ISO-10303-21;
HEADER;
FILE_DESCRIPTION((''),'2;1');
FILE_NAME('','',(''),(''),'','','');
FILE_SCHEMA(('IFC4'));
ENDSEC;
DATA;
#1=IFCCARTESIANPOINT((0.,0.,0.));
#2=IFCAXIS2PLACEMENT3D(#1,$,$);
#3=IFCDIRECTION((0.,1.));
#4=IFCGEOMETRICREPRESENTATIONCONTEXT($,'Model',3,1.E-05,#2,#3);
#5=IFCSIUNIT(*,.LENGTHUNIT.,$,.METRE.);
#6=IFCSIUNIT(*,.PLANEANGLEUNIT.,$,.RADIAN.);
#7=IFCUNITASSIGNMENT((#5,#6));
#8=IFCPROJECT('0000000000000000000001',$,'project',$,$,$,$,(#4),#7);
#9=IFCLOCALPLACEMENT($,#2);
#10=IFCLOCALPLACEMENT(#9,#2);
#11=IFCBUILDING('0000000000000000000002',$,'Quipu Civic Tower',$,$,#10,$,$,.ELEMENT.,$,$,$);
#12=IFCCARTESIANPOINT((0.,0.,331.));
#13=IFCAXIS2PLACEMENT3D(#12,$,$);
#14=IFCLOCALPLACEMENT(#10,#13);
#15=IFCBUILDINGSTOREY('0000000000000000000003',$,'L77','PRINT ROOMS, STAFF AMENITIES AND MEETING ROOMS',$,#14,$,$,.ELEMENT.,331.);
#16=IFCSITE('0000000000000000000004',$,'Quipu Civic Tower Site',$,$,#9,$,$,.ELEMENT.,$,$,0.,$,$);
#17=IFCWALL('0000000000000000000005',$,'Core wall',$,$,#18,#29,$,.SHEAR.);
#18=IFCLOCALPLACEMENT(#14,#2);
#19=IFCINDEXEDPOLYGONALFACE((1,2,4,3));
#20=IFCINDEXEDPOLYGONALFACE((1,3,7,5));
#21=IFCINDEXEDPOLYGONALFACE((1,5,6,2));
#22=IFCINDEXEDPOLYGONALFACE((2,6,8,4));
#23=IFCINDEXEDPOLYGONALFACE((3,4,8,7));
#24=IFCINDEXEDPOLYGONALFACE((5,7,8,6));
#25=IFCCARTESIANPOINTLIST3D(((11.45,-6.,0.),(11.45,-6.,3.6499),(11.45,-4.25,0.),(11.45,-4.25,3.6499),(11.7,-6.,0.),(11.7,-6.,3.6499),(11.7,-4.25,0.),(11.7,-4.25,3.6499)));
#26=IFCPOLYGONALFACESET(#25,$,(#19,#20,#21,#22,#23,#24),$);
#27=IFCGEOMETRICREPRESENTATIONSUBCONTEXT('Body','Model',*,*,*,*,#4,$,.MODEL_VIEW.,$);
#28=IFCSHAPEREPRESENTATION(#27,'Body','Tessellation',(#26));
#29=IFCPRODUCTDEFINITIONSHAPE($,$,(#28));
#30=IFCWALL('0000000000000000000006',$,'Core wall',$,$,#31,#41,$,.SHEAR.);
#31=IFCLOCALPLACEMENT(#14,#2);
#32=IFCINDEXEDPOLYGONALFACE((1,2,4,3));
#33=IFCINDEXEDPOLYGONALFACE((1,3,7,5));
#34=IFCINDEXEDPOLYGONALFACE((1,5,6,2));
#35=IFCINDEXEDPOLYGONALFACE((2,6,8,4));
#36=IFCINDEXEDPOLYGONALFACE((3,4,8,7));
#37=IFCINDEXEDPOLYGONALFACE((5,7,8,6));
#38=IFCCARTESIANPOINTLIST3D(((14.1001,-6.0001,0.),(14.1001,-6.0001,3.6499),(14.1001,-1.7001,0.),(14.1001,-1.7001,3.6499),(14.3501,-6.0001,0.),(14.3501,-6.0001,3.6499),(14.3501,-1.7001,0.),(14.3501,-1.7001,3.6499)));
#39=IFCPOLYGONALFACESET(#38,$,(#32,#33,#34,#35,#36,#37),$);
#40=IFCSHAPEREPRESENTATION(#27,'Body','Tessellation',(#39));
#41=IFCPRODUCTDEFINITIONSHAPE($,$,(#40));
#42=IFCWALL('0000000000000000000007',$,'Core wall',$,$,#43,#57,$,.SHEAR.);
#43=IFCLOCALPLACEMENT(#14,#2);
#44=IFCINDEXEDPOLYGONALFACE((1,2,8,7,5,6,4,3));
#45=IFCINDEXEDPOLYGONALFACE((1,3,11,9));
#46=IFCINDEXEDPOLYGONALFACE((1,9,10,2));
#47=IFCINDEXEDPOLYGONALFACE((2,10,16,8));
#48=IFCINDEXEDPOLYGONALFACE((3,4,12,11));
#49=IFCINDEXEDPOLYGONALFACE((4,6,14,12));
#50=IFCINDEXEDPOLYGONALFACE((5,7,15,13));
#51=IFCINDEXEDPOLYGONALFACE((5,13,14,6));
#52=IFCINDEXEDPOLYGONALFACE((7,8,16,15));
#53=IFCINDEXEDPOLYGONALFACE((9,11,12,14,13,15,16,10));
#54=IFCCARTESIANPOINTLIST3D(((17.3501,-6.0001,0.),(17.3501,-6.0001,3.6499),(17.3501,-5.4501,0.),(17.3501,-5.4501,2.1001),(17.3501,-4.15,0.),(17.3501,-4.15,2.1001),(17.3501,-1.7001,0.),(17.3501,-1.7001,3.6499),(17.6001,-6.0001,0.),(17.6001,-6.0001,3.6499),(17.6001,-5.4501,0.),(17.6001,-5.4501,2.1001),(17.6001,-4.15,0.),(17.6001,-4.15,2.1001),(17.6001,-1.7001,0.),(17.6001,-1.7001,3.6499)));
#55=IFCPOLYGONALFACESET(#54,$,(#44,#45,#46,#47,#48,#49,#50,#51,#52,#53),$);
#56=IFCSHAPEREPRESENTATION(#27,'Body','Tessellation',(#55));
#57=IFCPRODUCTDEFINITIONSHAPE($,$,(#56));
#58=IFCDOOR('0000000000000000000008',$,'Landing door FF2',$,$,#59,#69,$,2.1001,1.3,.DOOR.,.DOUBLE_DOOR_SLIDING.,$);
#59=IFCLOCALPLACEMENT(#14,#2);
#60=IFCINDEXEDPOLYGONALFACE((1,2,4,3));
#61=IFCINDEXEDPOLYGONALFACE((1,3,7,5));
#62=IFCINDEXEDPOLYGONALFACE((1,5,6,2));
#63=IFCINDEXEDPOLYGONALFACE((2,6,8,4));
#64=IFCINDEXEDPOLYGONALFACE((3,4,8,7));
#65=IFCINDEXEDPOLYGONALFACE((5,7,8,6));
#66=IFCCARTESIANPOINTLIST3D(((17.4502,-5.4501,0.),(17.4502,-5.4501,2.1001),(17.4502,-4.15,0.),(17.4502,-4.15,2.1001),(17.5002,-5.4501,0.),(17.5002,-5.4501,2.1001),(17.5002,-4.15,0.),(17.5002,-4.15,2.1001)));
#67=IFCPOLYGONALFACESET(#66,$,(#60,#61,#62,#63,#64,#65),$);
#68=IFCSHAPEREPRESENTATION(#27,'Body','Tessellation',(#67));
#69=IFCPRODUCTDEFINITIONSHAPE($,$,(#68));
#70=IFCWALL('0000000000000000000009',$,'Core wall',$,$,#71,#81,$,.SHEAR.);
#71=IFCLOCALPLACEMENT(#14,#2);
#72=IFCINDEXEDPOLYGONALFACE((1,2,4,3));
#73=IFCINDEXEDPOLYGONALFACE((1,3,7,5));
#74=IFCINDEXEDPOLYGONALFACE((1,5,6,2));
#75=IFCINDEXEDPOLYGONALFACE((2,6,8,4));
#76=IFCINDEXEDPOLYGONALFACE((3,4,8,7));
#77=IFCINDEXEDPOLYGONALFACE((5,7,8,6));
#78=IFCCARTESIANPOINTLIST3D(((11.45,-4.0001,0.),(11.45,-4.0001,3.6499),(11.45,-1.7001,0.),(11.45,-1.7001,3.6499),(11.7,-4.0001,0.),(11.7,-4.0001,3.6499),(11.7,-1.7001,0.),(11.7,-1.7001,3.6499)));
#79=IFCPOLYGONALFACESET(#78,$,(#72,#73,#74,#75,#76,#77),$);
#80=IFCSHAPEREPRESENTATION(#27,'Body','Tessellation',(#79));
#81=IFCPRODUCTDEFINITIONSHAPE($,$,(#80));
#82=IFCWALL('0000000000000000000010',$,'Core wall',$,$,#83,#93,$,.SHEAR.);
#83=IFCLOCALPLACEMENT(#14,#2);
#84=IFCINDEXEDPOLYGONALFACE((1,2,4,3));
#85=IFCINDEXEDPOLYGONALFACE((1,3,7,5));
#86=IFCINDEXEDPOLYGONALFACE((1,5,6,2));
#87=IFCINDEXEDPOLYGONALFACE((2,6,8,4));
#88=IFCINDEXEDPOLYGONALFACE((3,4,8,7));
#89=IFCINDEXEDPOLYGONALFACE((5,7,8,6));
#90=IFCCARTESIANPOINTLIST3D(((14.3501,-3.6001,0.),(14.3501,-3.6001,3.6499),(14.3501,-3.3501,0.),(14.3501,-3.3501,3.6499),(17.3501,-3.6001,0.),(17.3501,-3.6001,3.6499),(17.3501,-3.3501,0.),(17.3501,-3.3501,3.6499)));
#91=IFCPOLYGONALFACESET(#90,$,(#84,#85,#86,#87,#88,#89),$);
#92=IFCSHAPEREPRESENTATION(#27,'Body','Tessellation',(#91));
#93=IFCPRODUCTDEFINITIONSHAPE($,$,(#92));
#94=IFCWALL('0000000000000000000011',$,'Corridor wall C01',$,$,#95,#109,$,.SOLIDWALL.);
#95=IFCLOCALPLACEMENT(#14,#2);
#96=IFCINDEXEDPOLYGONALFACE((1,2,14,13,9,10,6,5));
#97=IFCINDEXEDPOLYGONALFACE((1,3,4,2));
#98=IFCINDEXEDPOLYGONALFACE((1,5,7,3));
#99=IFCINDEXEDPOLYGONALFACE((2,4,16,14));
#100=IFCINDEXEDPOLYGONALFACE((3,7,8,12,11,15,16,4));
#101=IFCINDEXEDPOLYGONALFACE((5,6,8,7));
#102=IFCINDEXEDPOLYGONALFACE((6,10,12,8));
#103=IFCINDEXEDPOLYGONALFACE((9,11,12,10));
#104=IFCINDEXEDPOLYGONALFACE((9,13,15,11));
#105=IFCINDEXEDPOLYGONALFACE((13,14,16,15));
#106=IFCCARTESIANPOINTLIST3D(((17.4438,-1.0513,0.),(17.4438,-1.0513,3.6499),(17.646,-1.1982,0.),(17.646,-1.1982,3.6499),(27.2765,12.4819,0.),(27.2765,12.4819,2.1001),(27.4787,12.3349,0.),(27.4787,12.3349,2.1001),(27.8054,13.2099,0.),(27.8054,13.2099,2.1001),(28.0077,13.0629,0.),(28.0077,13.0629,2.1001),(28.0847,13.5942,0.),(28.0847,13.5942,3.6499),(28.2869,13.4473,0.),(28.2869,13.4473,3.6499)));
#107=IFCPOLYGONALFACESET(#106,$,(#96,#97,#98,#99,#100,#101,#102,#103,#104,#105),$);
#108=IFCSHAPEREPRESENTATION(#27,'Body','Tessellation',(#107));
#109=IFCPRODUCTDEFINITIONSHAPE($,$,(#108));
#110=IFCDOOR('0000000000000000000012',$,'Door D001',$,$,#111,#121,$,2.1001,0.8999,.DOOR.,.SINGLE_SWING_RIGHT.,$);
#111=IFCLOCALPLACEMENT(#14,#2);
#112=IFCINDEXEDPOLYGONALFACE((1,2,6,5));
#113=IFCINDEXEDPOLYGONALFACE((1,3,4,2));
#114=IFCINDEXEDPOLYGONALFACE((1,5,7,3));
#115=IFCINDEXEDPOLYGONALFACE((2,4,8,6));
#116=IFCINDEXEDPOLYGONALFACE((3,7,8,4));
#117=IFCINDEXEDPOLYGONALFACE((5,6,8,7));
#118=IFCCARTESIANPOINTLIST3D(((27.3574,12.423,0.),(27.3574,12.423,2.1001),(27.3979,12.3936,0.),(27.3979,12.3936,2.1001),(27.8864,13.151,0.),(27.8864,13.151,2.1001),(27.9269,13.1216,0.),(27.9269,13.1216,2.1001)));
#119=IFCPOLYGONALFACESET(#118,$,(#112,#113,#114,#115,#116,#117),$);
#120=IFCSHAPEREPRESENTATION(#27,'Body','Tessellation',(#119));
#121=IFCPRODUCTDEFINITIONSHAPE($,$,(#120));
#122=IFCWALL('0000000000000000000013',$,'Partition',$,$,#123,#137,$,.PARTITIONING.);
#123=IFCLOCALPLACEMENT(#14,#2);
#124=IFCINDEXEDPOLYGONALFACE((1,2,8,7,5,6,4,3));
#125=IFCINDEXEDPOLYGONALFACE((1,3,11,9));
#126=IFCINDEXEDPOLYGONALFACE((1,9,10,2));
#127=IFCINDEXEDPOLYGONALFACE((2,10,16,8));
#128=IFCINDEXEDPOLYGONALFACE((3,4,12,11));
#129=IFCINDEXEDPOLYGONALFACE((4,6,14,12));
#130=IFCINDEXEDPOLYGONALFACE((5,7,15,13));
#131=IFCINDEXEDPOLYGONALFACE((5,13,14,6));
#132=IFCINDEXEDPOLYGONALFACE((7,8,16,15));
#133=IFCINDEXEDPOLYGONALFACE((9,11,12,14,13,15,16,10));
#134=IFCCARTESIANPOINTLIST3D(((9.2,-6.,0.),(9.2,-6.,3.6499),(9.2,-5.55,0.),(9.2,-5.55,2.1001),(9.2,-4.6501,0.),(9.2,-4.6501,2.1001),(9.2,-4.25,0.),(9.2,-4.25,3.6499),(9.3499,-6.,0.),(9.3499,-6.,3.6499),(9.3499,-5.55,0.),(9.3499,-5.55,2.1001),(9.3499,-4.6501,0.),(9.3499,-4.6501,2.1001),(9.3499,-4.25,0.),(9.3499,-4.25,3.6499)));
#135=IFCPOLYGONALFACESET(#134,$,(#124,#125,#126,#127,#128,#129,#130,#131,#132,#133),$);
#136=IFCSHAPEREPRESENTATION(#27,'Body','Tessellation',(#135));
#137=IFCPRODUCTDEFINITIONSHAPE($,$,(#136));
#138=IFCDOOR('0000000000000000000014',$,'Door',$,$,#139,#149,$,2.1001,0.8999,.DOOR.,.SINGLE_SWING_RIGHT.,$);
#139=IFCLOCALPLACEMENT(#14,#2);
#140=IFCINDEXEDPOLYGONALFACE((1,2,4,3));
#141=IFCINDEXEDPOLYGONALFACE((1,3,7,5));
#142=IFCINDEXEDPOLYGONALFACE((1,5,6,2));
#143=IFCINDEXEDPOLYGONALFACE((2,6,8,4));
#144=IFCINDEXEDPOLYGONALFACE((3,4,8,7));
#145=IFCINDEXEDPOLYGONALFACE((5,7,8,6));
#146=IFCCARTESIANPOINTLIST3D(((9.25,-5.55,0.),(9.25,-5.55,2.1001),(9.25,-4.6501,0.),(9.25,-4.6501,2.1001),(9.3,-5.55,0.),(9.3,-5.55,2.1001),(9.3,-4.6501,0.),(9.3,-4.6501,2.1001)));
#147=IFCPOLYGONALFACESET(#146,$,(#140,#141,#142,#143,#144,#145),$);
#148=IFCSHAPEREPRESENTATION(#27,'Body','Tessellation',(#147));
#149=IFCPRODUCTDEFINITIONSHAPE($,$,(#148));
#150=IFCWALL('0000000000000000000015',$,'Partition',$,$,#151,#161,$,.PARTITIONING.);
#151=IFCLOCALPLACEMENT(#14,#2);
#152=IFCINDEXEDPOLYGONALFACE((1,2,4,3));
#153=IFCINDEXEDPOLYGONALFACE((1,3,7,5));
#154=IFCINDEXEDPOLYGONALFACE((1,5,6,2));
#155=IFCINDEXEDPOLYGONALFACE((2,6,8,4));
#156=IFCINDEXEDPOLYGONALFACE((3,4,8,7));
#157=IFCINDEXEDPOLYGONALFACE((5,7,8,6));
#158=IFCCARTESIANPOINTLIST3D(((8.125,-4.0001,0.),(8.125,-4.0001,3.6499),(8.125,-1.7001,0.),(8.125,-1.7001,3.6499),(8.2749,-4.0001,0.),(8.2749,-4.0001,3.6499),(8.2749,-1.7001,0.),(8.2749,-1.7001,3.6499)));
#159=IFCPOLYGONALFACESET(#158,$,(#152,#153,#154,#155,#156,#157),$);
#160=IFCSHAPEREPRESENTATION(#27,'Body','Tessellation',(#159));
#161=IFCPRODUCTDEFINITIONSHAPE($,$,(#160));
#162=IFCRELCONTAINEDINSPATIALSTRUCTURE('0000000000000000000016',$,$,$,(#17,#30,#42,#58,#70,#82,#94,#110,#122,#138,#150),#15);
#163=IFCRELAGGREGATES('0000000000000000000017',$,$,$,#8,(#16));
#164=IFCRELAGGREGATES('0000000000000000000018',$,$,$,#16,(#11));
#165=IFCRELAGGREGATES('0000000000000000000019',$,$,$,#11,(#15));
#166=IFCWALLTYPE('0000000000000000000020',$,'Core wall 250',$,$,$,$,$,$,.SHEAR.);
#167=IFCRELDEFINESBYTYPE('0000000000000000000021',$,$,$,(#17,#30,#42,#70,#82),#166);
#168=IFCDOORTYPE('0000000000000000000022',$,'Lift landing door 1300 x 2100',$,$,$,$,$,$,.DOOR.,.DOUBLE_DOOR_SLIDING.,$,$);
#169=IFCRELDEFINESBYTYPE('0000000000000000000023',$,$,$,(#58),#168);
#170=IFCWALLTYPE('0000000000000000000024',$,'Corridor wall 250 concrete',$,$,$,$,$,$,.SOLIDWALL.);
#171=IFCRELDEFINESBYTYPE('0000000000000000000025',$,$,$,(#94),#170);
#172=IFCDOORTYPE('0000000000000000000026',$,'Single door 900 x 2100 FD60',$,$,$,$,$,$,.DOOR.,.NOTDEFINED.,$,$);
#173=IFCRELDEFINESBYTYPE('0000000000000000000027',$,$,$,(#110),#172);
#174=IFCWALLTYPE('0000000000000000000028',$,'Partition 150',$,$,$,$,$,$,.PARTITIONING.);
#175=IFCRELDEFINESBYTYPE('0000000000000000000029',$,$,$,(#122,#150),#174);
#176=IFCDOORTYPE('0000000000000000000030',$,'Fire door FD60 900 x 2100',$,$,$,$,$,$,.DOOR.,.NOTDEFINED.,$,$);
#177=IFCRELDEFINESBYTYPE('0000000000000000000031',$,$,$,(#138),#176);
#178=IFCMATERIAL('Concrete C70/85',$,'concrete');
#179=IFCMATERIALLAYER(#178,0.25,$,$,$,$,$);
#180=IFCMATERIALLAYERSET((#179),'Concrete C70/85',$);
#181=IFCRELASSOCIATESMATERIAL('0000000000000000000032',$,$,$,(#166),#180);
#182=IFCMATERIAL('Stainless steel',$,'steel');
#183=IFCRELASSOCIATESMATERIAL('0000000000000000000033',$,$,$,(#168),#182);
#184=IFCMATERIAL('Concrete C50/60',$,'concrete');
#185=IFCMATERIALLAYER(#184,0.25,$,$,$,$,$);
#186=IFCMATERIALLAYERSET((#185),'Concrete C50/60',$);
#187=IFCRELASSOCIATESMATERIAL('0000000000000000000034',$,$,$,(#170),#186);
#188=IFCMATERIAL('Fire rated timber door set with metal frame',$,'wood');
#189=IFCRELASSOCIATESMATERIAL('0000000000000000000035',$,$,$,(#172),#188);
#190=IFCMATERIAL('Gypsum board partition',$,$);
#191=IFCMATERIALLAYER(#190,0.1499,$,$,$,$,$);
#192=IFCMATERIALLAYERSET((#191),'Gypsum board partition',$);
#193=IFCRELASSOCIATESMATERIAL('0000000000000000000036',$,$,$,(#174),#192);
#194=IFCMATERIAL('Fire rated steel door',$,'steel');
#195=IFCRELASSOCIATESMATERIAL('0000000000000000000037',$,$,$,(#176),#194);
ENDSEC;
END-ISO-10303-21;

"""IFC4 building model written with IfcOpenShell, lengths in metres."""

from ifc_helpers import new_model, si_unit, direction, frame, frame_2d, origin, place, context, subcontext, project, spatial, rectangle, extrude, material, layer, layer_set, type_object, element, fill, save


model = new_model("IFC4")

# Units and contexts
model_context = context("Model", 3, precision=1e-05, world=origin(), true_north=direction((0.0, 1.0)))
body_context = subcontext(model_context, "Body", "Model", "MODEL_VIEW")
ifc_project = project(units=[si_unit("LENGTHUNIT", "METRE"), si_unit("PLANEANGLEUNIT", "RADIAN")], contexts=[model_context])

# Site, building, storey
site_placement = place(None, origin())
site = spatial("IfcSite", under=ifc_project, at=site_placement, Name="Quipu Civic Tower Site", CompositionType="ELEMENT", RefElevation=0.0)
building_placement = place(site_placement, origin())
building = spatial("IfcBuilding", under=site, at=building_placement, Name="Quipu Civic Tower", CompositionType="ELEMENT")
storey_placement = place(building_placement, frame((0.0, 0.0, 331.0)))
storey = spatial("IfcBuildingStorey", under=building, at=storey_placement, Name="L77", Description="PRINT ROOMS, STAFF AMENITIES AND MEETING ROOMS", CompositionType="ELEMENT", Elevation=331.0)

# Walls
ifc_material_1 = material(Name="Concrete C70/85", Category="concrete")
ifc_layer_1 = layer(ifc_material_1, 0.25)
ifc_layer_set_1 = layer_set([ifc_layer_1], Name="Concrete C70/85")
wall_type_1 = type_object("IfcWallType", Name="Core wall 250", PredefinedType="SHEAR", material=ifc_layer_set_1)
wall_1_placement = place(storey_placement, frame((11.575, -6.0, 0.0), z_axis=(0.0, 0.0, 1.0), x_axis=(0.0, 1.0, 0.0)))
element("IfcWall", 1, at=wall_1_placement, inside=storey, type_object=wall_type_1, Name="Core wall", PredefinedType="SHEAR", context=body_context, shape_type="SweptSolid", body=[
    extrude(rectangle(XDim=1.75, YDim=0.25, at=frame_2d((0.875, 0.0))), origin(), (0.0, 0.0, 1.0), 3.6499),
])
wall_2_placement = place(storey_placement, frame((14.2251, -6.0, 0.0), z_axis=(0.0, 0.0, 1.0), x_axis=(0.0, 1.0, 0.0)))
element("IfcWall", 2, at=wall_2_placement, inside=storey, type_object=wall_type_1, Name="Core wall", PredefinedType="SHEAR", context=body_context, shape_type="SweptSolid", body=[
    extrude(rectangle(XDim=4.3, YDim=0.25, at=frame_2d((2.1499, 0.0))), origin(), (0.0, 0.0, 1.0), 3.6499),
])

# Wall, opening, door
wall_3_placement = place(storey_placement, frame((17.4751, -6.0, 0.0), z_axis=(0.0, 0.0, 1.0), x_axis=(0.0, 1.0, 0.0)))
wall_3 = element("IfcWall", 3, at=wall_3_placement, inside=storey, type_object=wall_type_1, Name="Core wall", PredefinedType="SHEAR", context=body_context, shape_type="SweptSolid", body=[
    extrude(rectangle(XDim=4.3, YDim=0.25, at=frame_2d((2.1499, 0.0))), origin(), (0.0, 0.0, 1.0), 3.6499),
])
opening_1_placement = place(wall_3_placement, frame((0.55, 0.0, 0.0)))
opening_1 = element("IfcOpeningElement", 4, at=opening_1_placement, cuts=wall_3, PredefinedType="OPENING", context=body_context, shape_type="SweptSolid", body=[
    extrude(rectangle(XDim=1.3, YDim=2.1001, at=frame_2d((0.6499, 1.05))), frame((0.0, 0.135, 0.0), z_axis=(0.0, -1.0, 0.0), x_axis=(1.0, 0.0, 0.0)), (0.0, 0.0, 1.0), 0.27),
])
ifc_material_2 = material(Name="Stainless steel", Category="steel")
door_type_1 = type_object("IfcDoorType", Name="Lift landing door 1300 x 2100", OperationType="DOUBLE_DOOR_SLIDING", PredefinedType="DOOR", material=ifc_material_2)
door_1_placement = place(opening_1_placement, origin())
door_1 = element("IfcDoor", 5, at=door_1_placement, inside=storey, type_object=door_type_1, Name="Landing door FF2", OperationType="DOUBLE_DOOR_SLIDING", OverallHeight=2.1001, OverallWidth=1.3, PredefinedType="DOOR", context=body_context, shape_type="SweptSolid", body=[
    extrude(rectangle(XDim=1.3, YDim=2.1001, at=frame_2d((0.6499, 1.05))), frame((0.0, 0.0249, 0.0), z_axis=(0.0, -1.0, 0.0), x_axis=(1.0, 0.0, 0.0)), (0.0, 0.0, 1.0), 0.05),
])
fill(opening_1, door_1)

# Walls
wall_4_placement = place(storey_placement, frame((11.575, -4.0, 0.0), z_axis=(0.0, 0.0, 1.0), x_axis=(0.0, 1.0, 0.0)))
element("IfcWall", 6, at=wall_4_placement, inside=storey, type_object=wall_type_1, Name="Core wall", PredefinedType="SHEAR", context=body_context, shape_type="SweptSolid", body=[
    extrude(rectangle(XDim=2.3, YDim=0.25, at=frame_2d((1.1499, 0.0))), origin(), (0.0, 0.0, 1.0), 3.6499),
])
wall_5_placement = place(storey_placement, frame((14.3501, -3.4751, 0.0), z_axis=(0.0, 0.0, 1.0), x_axis=(1.0, 0.0, 0.0)))
element("IfcWall", 7, at=wall_5_placement, inside=storey, type_object=wall_type_1, Name="Core wall", PredefinedType="SHEAR", context=body_context, shape_type="SweptSolid", body=[
    extrude(rectangle(XDim=3.0, YDim=0.25, at=frame_2d((1.5, 0.0))), origin(), (0.0, 0.0, 1.0), 3.6499),
])

# Walls, openings, doors
ifc_material_3 = material(Name="Concrete C50/60", Category="concrete")
ifc_layer_2 = layer(ifc_material_3, 0.25)
ifc_layer_set_2 = layer_set([ifc_layer_2], Name="Concrete C50/60")
wall_type_2 = type_object("IfcWallType", Name="Corridor wall 250 concrete", PredefinedType="SOLIDWALL", material=ifc_layer_set_2)
wall_6_placement = place(storey_placement, frame((17.5449, -1.1248, 0.0), z_axis=(0.0, 0.0, 1.0), x_axis=(0.587796, 0.80901, 0.0)))
wall_6 = element("IfcWall", 8, at=wall_6_placement, inside=storey, type_object=wall_type_2, Name="Corridor wall C01", PredefinedType="SOLIDWALL", context=body_context, shape_type="SweptSolid", body=[
    extrude(rectangle(XDim=18.103, YDim=0.25, at=frame_2d((9.0515, 0.0))), origin(), (0.0, 0.0, 1.0), 3.6499),
])
opening_2_placement = place(wall_6_placement, frame((16.728, 0.0, 0.0)))
opening_2 = element("IfcOpeningElement", 9, at=opening_2_placement, cuts=wall_6, PredefinedType="OPENING", context=body_context, shape_type="SweptSolid", body=[
    extrude(rectangle(XDim=0.8999, YDim=2.1001, at=frame_2d((0.45, 1.05))), frame((0.0, 0.135, 0.0), z_axis=(0.0, -1.0, 0.0), x_axis=(1.0, 0.0, 0.0)), (0.0, 0.0, 1.0), 0.27),
])
ifc_material_4 = material(Name="Fire rated timber door set with metal frame", Category="wood")
door_type_2 = type_object("IfcDoorType", Name="Single door 900 x 2100 FD60", OperationType="NOTDEFINED", PredefinedType="DOOR", material=ifc_material_4)
door_2_placement = place(opening_2_placement, origin())
door_2 = element("IfcDoor", 10, at=door_2_placement, inside=storey, type_object=door_type_2, Name="Door D001", OperationType="SINGLE_SWING_RIGHT", OverallHeight=2.1001, OverallWidth=0.8999, PredefinedType="DOOR", context=body_context, shape_type="SweptSolid", body=[
    extrude(rectangle(XDim=0.8999, YDim=2.1001, at=frame_2d((0.45, 1.05))), frame((0.0, 0.0249, 0.0), z_axis=(0.0, -1.0, 0.0), x_axis=(1.0, 0.0, 0.0)), (0.0, 0.0, 1.0), 0.05),
])
fill(opening_2, door_2)
ifc_material_5 = material(Name="Gypsum board partition")
ifc_layer_3 = layer(ifc_material_5, 0.1499)
ifc_layer_set_3 = layer_set([ifc_layer_3], Name="Gypsum board partition")
wall_type_3 = type_object("IfcWallType", Name="Partition 150", PredefinedType="PARTITIONING", material=ifc_layer_set_3)
wall_7_placement = place(storey_placement, frame((9.2749, -6.0, 0.0), z_axis=(0.0, 0.0, 1.0), x_axis=(0.0, 1.0, 0.0)))
wall_7 = element("IfcWall", 11, at=wall_7_placement, inside=storey, type_object=wall_type_3, Name="Partition", PredefinedType="PARTITIONING", context=body_context, shape_type="SweptSolid", body=[
    extrude(rectangle(XDim=1.75, YDim=0.1499, at=frame_2d((0.875, 0.0))), origin(), (0.0, 0.0, 1.0), 3.6499),
])
opening_3_placement = place(wall_7_placement, frame((0.45, 0.0, 0.0)))
opening_3 = element("IfcOpeningElement", 12, at=opening_3_placement, cuts=wall_7, PredefinedType="OPENING", context=body_context, shape_type="SweptSolid", body=[
    extrude(rectangle(XDim=0.8999, YDim=2.1001, at=frame_2d((0.45, 1.05))), frame((0.0, 0.085, 0.0), z_axis=(0.0, -1.0, 0.0), x_axis=(1.0, 0.0, 0.0)), (0.0, 0.0, 1.0), 0.1699),
])
ifc_material_6 = material(Name="Fire rated steel door", Category="steel")
door_type_3 = type_object("IfcDoorType", Name="Fire door FD60 900 x 2100", OperationType="NOTDEFINED", PredefinedType="DOOR", material=ifc_material_6)
door_3_placement = place(opening_3_placement, origin())
door_3 = element("IfcDoor", 13, at=door_3_placement, inside=storey, type_object=door_type_3, Name="Door", OperationType="SINGLE_SWING_RIGHT", OverallHeight=2.1001, OverallWidth=0.8999, PredefinedType="DOOR", context=body_context, shape_type="SweptSolid", body=[
    extrude(rectangle(XDim=0.8999, YDim=2.1001, at=frame_2d((0.45, 1.05))), frame((0.0, 0.0249, 0.0), z_axis=(0.0, -1.0, 0.0), x_axis=(1.0, 0.0, 0.0)), (0.0, 0.0, 1.0), 0.05),
])
fill(opening_3, door_3)

# Wall
wall_8_placement = place(storey_placement, frame((8.2, -4.0, 0.0), z_axis=(0.0, 0.0, 1.0), x_axis=(0.0, 1.0, 0.0)))
element("IfcWall", 14, at=wall_8_placement, inside=storey, type_object=wall_type_3, Name="Partition", PredefinedType="PARTITIONING", context=body_context, shape_type="SweptSolid", body=[
    extrude(rectangle(XDim=2.3, YDim=0.1499, at=frame_2d((1.1499, 0.0))), origin(), (0.0, 0.0, 1.0), 3.6499),
])

save(model, "model.ifc")
